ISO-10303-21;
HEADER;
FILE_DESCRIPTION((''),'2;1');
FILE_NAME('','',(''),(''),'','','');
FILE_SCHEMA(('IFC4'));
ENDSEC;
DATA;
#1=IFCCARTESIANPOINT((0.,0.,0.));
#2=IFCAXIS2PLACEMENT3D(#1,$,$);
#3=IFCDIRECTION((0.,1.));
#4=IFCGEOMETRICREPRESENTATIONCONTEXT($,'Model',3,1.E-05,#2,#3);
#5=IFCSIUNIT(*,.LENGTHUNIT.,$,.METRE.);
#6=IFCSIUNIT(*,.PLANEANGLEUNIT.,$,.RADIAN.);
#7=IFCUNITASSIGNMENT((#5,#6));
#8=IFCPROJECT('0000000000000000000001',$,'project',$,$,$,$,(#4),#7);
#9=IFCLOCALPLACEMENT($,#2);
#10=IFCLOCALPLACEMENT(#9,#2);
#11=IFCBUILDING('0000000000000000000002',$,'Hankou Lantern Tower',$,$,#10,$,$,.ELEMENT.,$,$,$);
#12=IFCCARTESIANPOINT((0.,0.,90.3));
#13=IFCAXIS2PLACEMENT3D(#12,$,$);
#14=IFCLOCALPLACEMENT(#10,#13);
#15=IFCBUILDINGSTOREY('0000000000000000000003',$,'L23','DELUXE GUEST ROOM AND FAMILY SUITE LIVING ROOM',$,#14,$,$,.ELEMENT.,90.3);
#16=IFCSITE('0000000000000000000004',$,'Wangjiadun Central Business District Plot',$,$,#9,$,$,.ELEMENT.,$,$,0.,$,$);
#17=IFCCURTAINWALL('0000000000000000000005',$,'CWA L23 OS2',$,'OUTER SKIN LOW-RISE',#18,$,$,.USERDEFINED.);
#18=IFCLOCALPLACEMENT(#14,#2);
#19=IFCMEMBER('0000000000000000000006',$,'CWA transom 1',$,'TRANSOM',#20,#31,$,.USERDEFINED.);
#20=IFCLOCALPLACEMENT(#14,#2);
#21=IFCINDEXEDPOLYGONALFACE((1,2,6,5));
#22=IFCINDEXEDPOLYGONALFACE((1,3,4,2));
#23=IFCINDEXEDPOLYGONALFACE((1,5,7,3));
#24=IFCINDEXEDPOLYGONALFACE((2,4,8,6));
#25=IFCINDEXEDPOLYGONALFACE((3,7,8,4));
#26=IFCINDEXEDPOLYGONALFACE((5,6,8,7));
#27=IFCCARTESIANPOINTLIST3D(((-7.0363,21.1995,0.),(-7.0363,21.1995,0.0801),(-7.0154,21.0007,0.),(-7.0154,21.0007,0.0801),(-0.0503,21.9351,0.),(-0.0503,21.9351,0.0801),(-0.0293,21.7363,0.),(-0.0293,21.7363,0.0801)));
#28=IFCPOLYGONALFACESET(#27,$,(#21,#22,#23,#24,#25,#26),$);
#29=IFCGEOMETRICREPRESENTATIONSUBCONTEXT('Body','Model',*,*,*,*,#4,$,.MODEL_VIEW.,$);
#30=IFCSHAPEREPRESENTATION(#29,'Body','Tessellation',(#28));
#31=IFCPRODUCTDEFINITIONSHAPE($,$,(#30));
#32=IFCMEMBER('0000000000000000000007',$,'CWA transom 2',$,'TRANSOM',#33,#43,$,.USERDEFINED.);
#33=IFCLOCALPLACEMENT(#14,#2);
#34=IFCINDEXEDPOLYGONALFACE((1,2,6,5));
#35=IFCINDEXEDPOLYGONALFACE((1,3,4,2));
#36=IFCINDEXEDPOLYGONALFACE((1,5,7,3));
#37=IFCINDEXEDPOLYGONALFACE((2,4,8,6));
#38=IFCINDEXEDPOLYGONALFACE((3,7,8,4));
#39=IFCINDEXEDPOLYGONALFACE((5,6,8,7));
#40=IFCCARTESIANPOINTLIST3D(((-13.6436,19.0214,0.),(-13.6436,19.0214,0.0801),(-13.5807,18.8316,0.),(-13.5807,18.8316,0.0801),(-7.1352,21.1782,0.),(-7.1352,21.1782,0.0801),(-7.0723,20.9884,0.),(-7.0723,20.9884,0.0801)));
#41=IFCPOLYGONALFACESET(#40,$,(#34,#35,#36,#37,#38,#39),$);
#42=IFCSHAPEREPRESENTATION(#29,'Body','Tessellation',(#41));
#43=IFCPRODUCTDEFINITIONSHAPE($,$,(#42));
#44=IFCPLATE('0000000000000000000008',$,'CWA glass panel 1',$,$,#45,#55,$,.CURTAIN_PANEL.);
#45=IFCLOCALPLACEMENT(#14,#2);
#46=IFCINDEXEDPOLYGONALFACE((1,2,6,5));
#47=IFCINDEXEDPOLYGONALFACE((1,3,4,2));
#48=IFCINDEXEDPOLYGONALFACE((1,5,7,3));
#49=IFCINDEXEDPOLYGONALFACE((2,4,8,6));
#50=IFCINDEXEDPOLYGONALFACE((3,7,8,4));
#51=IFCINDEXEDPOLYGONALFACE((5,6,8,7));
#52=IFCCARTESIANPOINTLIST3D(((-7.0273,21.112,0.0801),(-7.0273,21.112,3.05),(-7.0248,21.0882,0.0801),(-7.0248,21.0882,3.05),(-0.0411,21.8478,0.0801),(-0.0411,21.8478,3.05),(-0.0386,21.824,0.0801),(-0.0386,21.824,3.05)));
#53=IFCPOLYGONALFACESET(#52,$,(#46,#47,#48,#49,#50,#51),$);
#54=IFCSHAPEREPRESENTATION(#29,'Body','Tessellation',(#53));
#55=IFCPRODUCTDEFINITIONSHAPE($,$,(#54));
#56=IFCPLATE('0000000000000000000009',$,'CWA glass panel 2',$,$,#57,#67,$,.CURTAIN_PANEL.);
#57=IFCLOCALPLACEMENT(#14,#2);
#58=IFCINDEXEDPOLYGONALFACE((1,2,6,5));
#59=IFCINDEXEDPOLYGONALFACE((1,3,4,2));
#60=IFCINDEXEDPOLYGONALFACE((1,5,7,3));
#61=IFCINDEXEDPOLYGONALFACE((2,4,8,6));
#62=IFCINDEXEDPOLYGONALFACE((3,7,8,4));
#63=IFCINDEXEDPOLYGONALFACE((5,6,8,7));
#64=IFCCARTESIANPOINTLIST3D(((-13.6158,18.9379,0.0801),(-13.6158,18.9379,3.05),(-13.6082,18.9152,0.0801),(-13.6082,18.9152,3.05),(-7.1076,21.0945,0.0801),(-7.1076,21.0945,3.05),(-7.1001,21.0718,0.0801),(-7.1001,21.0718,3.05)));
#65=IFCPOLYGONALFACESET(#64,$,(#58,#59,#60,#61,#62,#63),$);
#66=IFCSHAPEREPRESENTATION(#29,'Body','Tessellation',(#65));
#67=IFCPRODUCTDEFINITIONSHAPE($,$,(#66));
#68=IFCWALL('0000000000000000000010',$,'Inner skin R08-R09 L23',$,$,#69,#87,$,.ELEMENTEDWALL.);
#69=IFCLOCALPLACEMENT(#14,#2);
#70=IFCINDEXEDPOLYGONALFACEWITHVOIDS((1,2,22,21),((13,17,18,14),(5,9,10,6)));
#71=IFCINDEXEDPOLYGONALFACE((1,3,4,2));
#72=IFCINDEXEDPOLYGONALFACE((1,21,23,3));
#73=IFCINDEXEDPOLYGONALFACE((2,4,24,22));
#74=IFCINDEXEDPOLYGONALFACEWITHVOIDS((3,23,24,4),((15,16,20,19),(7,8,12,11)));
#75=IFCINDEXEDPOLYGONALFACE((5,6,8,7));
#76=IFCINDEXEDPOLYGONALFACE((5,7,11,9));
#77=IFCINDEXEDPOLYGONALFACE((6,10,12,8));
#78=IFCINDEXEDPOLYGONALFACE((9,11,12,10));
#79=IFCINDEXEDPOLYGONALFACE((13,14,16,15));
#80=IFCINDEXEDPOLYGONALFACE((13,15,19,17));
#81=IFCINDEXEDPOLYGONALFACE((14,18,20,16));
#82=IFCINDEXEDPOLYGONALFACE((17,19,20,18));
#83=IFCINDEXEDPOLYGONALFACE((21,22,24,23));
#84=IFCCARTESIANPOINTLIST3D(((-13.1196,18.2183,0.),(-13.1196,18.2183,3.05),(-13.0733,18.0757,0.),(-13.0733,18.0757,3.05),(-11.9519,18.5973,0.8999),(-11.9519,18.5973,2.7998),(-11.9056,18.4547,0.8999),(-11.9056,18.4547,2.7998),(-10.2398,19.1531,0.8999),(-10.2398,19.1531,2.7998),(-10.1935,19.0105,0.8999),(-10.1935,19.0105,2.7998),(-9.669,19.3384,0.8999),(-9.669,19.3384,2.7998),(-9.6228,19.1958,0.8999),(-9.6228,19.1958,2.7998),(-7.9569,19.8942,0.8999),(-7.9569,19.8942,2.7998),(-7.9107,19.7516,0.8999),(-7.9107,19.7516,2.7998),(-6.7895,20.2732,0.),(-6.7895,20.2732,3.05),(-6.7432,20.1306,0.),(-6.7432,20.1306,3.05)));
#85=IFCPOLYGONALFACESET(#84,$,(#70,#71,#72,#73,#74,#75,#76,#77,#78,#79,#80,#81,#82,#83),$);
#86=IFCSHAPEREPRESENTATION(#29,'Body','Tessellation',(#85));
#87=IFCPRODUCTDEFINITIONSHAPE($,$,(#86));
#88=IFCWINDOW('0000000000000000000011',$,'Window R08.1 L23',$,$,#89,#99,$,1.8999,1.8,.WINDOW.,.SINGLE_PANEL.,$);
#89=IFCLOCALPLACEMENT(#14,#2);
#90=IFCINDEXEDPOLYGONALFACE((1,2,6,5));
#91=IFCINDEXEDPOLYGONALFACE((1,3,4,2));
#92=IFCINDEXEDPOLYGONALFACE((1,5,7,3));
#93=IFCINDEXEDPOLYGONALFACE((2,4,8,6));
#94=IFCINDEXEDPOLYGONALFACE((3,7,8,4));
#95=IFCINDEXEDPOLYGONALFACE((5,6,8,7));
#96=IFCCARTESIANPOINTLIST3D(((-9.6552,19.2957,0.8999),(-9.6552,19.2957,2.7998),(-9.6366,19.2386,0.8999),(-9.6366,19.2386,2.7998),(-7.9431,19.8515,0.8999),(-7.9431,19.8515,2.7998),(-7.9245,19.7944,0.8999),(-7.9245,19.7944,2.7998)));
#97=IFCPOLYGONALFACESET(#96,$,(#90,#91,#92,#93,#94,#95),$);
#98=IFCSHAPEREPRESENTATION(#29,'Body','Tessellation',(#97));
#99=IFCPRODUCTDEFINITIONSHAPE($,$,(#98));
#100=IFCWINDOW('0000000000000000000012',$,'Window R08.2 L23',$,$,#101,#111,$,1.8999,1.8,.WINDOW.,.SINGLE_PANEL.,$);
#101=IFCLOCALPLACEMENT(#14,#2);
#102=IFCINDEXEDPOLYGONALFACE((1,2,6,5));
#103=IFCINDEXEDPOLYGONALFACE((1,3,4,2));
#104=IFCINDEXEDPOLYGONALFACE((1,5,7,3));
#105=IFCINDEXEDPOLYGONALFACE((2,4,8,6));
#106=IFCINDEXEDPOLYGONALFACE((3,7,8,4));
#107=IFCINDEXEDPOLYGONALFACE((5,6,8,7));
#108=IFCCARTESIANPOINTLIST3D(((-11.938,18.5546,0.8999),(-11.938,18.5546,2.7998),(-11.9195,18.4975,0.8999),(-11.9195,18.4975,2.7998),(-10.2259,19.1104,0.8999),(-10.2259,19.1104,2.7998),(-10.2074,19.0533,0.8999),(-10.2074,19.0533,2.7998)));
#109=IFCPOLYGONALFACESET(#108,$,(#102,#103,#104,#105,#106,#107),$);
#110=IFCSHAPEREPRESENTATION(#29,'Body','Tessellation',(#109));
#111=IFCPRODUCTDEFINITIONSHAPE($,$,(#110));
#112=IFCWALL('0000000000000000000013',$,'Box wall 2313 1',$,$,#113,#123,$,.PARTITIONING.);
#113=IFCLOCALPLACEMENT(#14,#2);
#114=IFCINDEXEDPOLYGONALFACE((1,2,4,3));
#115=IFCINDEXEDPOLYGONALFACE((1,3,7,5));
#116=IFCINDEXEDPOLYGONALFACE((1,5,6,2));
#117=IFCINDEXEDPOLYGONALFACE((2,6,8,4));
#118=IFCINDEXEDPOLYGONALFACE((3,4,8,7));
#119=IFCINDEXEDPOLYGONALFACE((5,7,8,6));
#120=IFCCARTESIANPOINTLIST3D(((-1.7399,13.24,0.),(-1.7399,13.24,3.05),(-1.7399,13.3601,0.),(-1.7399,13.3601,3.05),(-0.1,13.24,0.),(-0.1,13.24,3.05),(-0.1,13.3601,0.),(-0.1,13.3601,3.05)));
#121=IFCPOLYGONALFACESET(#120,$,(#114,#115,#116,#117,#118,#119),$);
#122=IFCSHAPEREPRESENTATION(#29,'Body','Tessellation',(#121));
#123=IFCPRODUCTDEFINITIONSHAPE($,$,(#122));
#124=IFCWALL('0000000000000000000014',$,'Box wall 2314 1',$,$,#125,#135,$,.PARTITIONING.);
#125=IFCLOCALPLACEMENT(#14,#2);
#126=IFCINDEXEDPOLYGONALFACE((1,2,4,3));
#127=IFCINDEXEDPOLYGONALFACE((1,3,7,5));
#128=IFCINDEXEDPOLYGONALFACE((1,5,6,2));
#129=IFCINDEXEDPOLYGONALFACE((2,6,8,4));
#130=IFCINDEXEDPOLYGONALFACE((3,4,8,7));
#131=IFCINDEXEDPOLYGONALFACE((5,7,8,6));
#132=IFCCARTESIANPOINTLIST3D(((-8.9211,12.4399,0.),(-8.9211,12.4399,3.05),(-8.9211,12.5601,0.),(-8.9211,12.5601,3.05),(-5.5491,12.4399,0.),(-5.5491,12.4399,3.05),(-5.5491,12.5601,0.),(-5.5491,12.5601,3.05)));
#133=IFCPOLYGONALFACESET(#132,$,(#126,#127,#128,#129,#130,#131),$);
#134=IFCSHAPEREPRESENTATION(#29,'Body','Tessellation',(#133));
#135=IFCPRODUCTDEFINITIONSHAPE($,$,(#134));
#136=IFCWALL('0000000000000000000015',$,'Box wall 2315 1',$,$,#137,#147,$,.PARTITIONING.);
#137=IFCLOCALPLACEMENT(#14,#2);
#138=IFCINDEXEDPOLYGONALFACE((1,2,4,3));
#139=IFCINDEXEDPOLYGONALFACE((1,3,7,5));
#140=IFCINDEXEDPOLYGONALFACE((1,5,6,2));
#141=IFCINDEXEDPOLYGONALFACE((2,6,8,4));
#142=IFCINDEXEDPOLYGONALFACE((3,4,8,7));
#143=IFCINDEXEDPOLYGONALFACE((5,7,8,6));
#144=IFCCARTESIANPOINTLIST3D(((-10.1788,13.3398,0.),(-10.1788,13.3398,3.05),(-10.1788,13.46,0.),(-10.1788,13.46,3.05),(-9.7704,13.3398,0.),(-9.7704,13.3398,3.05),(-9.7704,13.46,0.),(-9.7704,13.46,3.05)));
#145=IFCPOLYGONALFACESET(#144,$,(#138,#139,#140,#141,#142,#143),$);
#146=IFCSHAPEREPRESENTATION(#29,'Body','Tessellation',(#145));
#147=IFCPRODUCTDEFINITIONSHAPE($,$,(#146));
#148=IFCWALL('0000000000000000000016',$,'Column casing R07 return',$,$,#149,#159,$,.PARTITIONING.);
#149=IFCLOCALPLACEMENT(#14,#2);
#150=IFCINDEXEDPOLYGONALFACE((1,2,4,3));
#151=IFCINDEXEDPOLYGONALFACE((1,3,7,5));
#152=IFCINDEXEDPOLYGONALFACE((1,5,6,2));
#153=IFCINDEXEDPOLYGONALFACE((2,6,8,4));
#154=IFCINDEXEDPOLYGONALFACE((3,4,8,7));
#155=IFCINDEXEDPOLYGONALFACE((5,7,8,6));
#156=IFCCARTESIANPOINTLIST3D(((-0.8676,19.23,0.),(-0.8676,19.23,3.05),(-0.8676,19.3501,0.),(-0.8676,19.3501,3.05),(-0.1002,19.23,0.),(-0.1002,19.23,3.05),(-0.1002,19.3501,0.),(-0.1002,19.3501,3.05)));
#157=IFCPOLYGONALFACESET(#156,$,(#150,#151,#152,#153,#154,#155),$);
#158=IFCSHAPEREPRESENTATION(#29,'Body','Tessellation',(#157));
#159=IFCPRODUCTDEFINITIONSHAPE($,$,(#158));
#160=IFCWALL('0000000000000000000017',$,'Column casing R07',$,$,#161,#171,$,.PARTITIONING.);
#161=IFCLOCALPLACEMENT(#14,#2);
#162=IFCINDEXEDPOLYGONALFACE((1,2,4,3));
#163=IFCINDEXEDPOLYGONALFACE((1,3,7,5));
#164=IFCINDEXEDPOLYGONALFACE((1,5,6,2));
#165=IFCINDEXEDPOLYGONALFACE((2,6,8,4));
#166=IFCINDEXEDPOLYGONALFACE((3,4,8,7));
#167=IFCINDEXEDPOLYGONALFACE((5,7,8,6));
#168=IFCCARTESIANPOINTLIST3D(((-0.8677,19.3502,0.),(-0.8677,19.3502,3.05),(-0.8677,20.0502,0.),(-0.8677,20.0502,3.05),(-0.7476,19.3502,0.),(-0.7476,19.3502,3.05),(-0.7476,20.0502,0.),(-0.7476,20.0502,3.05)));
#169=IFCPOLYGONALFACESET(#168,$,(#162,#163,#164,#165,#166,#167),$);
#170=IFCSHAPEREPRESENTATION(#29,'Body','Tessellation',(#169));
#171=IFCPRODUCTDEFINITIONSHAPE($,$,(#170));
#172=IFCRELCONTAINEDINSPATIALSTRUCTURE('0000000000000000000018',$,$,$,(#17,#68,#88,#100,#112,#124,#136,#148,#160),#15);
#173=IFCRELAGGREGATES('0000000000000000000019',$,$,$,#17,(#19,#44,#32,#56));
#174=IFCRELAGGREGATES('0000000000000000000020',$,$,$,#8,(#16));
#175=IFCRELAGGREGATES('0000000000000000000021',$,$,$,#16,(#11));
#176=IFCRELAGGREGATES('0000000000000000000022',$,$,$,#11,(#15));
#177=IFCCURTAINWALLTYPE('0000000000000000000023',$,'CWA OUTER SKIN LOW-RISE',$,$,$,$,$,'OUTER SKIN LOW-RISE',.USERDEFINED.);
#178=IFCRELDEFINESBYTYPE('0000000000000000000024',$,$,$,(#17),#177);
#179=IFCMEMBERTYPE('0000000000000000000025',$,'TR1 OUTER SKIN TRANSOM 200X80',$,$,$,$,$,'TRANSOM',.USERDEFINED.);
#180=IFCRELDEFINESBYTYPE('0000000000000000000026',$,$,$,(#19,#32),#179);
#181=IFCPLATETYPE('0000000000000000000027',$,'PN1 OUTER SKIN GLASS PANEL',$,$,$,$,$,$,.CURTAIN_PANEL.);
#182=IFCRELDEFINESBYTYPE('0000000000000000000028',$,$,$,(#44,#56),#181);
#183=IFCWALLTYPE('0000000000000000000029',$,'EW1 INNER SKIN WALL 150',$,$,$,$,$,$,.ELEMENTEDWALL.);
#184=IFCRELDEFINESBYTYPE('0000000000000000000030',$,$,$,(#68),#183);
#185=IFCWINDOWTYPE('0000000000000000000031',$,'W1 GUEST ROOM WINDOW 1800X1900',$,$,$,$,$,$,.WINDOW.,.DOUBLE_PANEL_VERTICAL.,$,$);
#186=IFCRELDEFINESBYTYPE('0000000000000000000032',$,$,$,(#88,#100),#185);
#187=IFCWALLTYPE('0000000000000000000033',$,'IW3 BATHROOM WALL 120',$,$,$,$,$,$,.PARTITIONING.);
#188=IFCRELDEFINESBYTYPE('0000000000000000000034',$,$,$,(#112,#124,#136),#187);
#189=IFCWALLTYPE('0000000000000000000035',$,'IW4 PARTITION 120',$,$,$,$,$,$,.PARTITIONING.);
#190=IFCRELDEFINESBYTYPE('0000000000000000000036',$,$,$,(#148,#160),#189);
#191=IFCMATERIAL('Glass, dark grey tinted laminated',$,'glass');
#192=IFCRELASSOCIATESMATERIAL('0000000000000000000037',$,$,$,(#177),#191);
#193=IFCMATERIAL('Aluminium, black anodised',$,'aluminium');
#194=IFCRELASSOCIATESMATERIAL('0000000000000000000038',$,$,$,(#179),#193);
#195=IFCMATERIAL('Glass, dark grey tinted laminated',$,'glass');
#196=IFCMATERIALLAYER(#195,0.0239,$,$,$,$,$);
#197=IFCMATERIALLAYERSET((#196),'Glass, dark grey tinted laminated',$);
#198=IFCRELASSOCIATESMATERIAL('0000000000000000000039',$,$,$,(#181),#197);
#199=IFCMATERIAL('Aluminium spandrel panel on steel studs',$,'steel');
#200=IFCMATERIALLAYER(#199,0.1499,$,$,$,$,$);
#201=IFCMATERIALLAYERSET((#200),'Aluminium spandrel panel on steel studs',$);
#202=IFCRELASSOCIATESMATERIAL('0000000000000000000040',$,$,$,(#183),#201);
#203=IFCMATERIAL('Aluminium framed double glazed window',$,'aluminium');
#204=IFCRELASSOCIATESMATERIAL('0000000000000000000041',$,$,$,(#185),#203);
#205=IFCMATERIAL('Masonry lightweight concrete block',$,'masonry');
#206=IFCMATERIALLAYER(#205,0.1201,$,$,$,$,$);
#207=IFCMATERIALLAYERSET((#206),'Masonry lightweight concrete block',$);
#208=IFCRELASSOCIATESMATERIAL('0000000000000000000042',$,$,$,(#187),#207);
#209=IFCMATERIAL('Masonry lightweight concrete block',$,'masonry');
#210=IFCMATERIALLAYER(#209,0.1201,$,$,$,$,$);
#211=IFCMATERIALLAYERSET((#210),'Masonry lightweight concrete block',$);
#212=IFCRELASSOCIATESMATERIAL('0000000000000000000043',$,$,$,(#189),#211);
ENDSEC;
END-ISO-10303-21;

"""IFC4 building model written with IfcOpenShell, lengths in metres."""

from ifc_helpers import new_model, si_unit, direction, frame, frame_2d, origin, origin_2d, place, context, subcontext, project, spatial, rectangle, extrude, material, layer, layer_set, material_profile, profile_set, type_object, element, fill, aggregate, save


model = new_model("IFC4")

# Units and contexts
model_context = context("Model", 3, precision=1e-05, world=origin(), true_north=direction((0.0, 1.0)))
body_context = subcontext(model_context, "Body", "Model", "MODEL_VIEW")
ifc_project = project(units=[si_unit("LENGTHUNIT", "METRE"), si_unit("PLANEANGLEUNIT", "RADIAN")], contexts=[model_context])

# Site, building, storey
site_placement = place(None, origin())
site = spatial("IfcSite", under=ifc_project, at=site_placement, Name="Wangjiadun Central Business District Plot", CompositionType="ELEMENT", RefElevation=0.0)
building_placement = place(site_placement, origin())
building = spatial("IfcBuilding", under=site, at=building_placement, Name="Hankou Lantern Tower", CompositionType="ELEMENT")
storey_placement = place(building_placement, frame((0.0, 0.0, 90.3)))
storey = spatial("IfcBuildingStorey", under=building, at=storey_placement, Name="L23", Description="DELUXE GUEST ROOM AND FAMILY SUITE LIVING ROOM", CompositionType="ELEMENT", Elevation=90.3)

# Curtain wall
ifc_material_1 = material(Name="Glass, dark grey tinted laminated", Category="glass")
curtain_wall_type = type_object("IfcCurtainWallType", Name="CWA OUTER SKIN LOW-RISE", ElementType="OUTER SKIN LOW-RISE", PredefinedType="USERDEFINED", material=ifc_material_1)
curtain_wall_placement = place(storey_placement, origin())
curtain_wall = element("IfcCurtainWall", 1, at=curtain_wall_placement, inside=storey, type_object=curtain_wall_type, Name="CWA L23 OS2", ObjectType="OUTER SKIN LOW-RISE", PredefinedType="USERDEFINED")

# Members
ifc_material_2 = material(Name="Aluminium, black anodised", Category="aluminium")
ifc_material_profile_1 = material_profile(ifc_material_2, rectangle(XDim=0.2, YDim=0.0801, at=origin_2d()), Name="TR1 200X80")
ifc_profile_set_1 = profile_set([ifc_material_profile_1], Name="Aluminium, black anodised")
member_type_1 = type_object("IfcMemberType", Name="TR1 OUTER SKIN TRANSOM 200X80", ElementType="TRANSOM", PredefinedType="USERDEFINED", material=ifc_profile_set_1)
member_1_placement = place(storey_placement, frame((-0.0398, 21.8357, 0.04), z_axis=(-0.994502, -0.104716, 0.0), x_axis=(0.104716, -0.994502, 0.0)))
member_1 = element("IfcMember", 2, at=member_1_placement, type_object=member_type_1, Name="CWA transom 1", ObjectType="TRANSOM", PredefinedType="USERDEFINED", context=body_context, shape_type="SweptSolid", body=[
    extrude(rectangle(XDim=0.2, YDim=0.0801, at=origin_2d()), origin(), (0.0, 0.0, 1.0), 7.0247),
])
member_2_placement = place(storey_placement, frame((-7.1038, 21.0833, 0.04), z_axis=(-0.949237, -0.314561, 0.0), x_axis=(0.314561, -0.949237, 0.0)))
member_2 = element("IfcMember", 3, at=member_2_placement, type_object=member_type_1, Name="CWA transom 2", ObjectType="TRANSOM", PredefinedType="USERDEFINED", context=body_context, shape_type="SweptSolid", body=[
    extrude(rectangle(XDim=0.2, YDim=0.0801, at=origin_2d()), origin(), (0.0, 0.0, 1.0), 6.8564),
])

# Plates
ifc_material_3 = material(Name="Glass, dark grey tinted laminated", Category="glass")
ifc_layer_1 = layer(ifc_material_3, 0.0239)
ifc_layer_set_1 = layer_set([ifc_layer_1], Name="Glass, dark grey tinted laminated")
plate_type = type_object("IfcPlateType", Name="PN1 OUTER SKIN GLASS PANEL", PredefinedType="CURTAIN_PANEL", material=ifc_layer_set_1)
plate_1_placement = place(storey_placement, frame((-3.533, 21.468, 0.0801), z_axis=(0.0, 0.0, 1.0), x_axis=(-0.994499, -0.104743, 0.0)))
plate_1 = element("IfcPlate", 4, at=plate_1_placement, type_object=plate_type, Name="CWA glass panel 1", PredefinedType="CURTAIN_PANEL", context=body_context, shape_type="SweptSolid", body=[
    extrude(rectangle(XDim=7.0249, YDim=0.0239, at=origin_2d()), origin(), (0.0, 0.0, 1.0), 2.97),
])
plate_2_placement = place(storey_placement, frame((-10.3579, 20.0049, 0.0801), z_axis=(0.0, 0.0, 1.0), x_axis=(-0.949241, -0.314551, 0.0)))
plate_2 = element("IfcPlate", 5, at=plate_2_placement, type_object=plate_type, Name="CWA glass panel 2", PredefinedType="CURTAIN_PANEL", context=body_context, shape_type="SweptSolid", body=[
    extrude(rectangle(XDim=6.8562, YDim=0.0239, at=origin_2d()), origin(), (0.0, 0.0, 1.0), 2.97),
])
aggregate(curtain_wall, [member_1, plate_1, member_2, plate_2])

# Wall, openings, windows
ifc_material_4 = material(Name="Aluminium spandrel panel on steel studs", Category="steel")
ifc_layer_2 = layer(ifc_material_4, 0.1499)
ifc_layer_set_2 = layer_set([ifc_layer_2], Name="Aluminium spandrel panel on steel studs")
wall_type_1 = type_object("IfcWallType", Name="EW1 INNER SKIN WALL 150", PredefinedType="ELEMENTEDWALL", material=ifc_layer_set_2)
wall_1_placement = place(storey_placement, frame((-6.7664, 20.2019, 0.0), z_axis=(0.0, 0.0, 1.0), x_axis=(-0.951138, -0.308768, 0.0)))
wall_1 = element("IfcWall", 6, at=wall_1_placement, inside=storey, type_object=wall_type_1, Name="Inner skin R08-R09 L23", PredefinedType="ELEMENTEDWALL", context=body_context, shape_type="SweptSolid", body=[
    extrude(rectangle(XDim=6.6553, YDim=0.1499, at=frame_2d((3.3276, 0.0))), origin(), (0.0, 0.0, 1.0), 3.05),
])
opening_1_placement = place(wall_1_placement, frame((1.2275, 0.0, 0.8999)))
opening_1 = element("IfcOpeningElement", 7, at=opening_1_placement, cuts=wall_1, PredefinedType="OPENING", context=body_context, shape_type="SweptSolid", body=[
    extrude(rectangle(XDim=1.8, YDim=1.8999, at=frame_2d((0.8999, 0.95))), frame((0.0, 0.085, 0.0), z_axis=(0.0, -1.0, 0.0), x_axis=(1.0, 0.0, 0.0)), (0.0, 0.0, 1.0), 0.1699),
])
opening_2_placement = place(wall_1_placement, frame((3.6277, 0.0, 0.8999)))
opening_2 = element("IfcOpeningElement", 8, at=opening_2_placement, cuts=wall_1, PredefinedType="OPENING", context=body_context, shape_type="SweptSolid", body=[
    extrude(rectangle(XDim=1.8, YDim=1.8999, at=frame_2d((0.8999, 0.95))), frame((0.0, 0.085, 0.0), z_axis=(0.0, -1.0, 0.0), x_axis=(1.0, 0.0, 0.0)), (0.0, 0.0, 1.0), 0.1699),
])
ifc_material_5 = material(Name="Aluminium framed double glazed window", Category="aluminium")
window_type = type_object("IfcWindowType", Name="W1 GUEST ROOM WINDOW 1800X1900", PartitioningType="DOUBLE_PANEL_VERTICAL", PredefinedType="WINDOW", material=ifc_material_5)
window_1_placement = place(opening_1_placement, origin())
window_1 = element("IfcWindow", 9, at=window_1_placement, inside=storey, type_object=window_type, Name="Window R08.1 L23", OverallHeight=1.8999, OverallWidth=1.8, PartitioningType="SINGLE_PANEL", PredefinedType="WINDOW", context=body_context, shape_type="SweptSolid", body=[
    extrude(rectangle(XDim=1.8, YDim=1.8999, at=frame_2d((0.8999, 0.95))), frame((0.0, 0.03, 0.0), z_axis=(0.0, -1.0, 0.0), x_axis=(1.0, 0.0, 0.0)), (0.0, 0.0, 1.0), 0.0601),
])
fill(opening_1, window_1)
window_2_placement = place(opening_2_placement, origin())
window_2 = element("IfcWindow", 10, at=window_2_placement, inside=storey, type_object=window_type, Name="Window R08.2 L23", OverallHeight=1.8999, OverallWidth=1.8, PartitioningType="SINGLE_PANEL", PredefinedType="WINDOW", context=body_context, shape_type="SweptSolid", body=[
    extrude(rectangle(XDim=1.8, YDim=1.8999, at=frame_2d((0.8999, 0.95))), frame((0.0, 0.03, 0.0), z_axis=(0.0, -1.0, 0.0), x_axis=(1.0, 0.0, 0.0)), (0.0, 0.0, 1.0), 0.0601),
])
fill(opening_2, window_2)

# Walls
ifc_material_6 = material(Name="Masonry lightweight concrete block", Category="masonry")
ifc_layer_3 = layer(ifc_material_6, 0.1201)
ifc_layer_set_3 = layer_set([ifc_layer_3], Name="Masonry lightweight concrete block")
wall_type_2 = type_object("IfcWallType", Name="IW3 BATHROOM WALL 120", PredefinedType="PARTITIONING", material=ifc_layer_set_3)
wall_2_placement = place(storey_placement, frame((-0.1001, 13.3, 0.0), z_axis=(0.0, 0.0, 1.0), x_axis=(-1.0, 0.0, 0.0)))
element("IfcWall", 11, at=wall_2_placement, inside=storey, type_object=wall_type_2, Name="Box wall 2313 1", PredefinedType="PARTITIONING", context=body_context, shape_type="SweptSolid", body=[
    extrude(rectangle(XDim=1.6399, YDim=0.1201, at=frame_2d((0.8198, 0.0))), origin(), (0.0, 0.0, 1.0), 3.05),
])
wall_3_placement = place(storey_placement, frame((-8.9211, 12.5, 0.0), z_axis=(0.0, 0.0, 1.0), x_axis=(1.0, 0.0, 0.0)))
element("IfcWall", 12, at=wall_3_placement, inside=storey, type_object=wall_type_2, Name="Box wall 2314 1", PredefinedType="PARTITIONING", context=body_context, shape_type="SweptSolid", body=[
    extrude(rectangle(XDim=3.3721, YDim=0.1201, at=frame_2d((1.686, 0.0))), origin(), (0.0, 0.0, 1.0), 3.05),
])
wall_4_placement = place(storey_placement, frame((-9.7705, 13.3999, 0.0), z_axis=(0.0, 0.0, 1.0), x_axis=(-1.0, 0.0, 0.0)))
element("IfcWall", 13, at=wall_4_placement, inside=storey, type_object=wall_type_2, Name="Box wall 2315 1", PredefinedType="PARTITIONING", context=body_context, shape_type="SweptSolid", body=[
    extrude(rectangle(XDim=0.4084, YDim=0.1201, at=frame_2d((0.2041, 0.0))), origin(), (0.0, 0.0, 1.0), 3.05),
])
ifc_material_7 = material(Name="Masonry lightweight concrete block", Category="masonry")
ifc_layer_4 = layer(ifc_material_7, 0.1201)
ifc_layer_set_4 = layer_set([ifc_layer_4], Name="Masonry lightweight concrete block")
wall_type_3 = type_object("IfcWallType", Name="IW4 PARTITION 120", PredefinedType="PARTITIONING", material=ifc_layer_set_4)
wall_5_placement = place(storey_placement, frame((-0.1001, 19.29, 0.0), z_axis=(0.0, 0.0, 1.0), x_axis=(-1.0, 0.0, 0.0)))
element("IfcWall", 14, at=wall_5_placement, inside=storey, type_object=wall_type_3, Name="Column casing R07 return", PredefinedType="PARTITIONING", context=body_context, shape_type="SweptSolid", body=[
    extrude(rectangle(XDim=0.7673, YDim=0.1201, at=frame_2d((0.3838, 0.0))), origin(), (0.0, 0.0, 1.0), 3.05),
])
wall_6_placement = place(storey_placement, frame((-0.8076, 19.3501, 0.0), z_axis=(0.0, 0.0, 1.0), x_axis=(0.0, 1.0, 0.0)))
element("IfcWall", 15, at=wall_6_placement, inside=storey, type_object=wall_type_3, Name="Column casing R07", PredefinedType="PARTITIONING", context=body_context, shape_type="SweptSolid", body=[
    extrude(rectangle(XDim=0.7, YDim=0.1201, at=frame_2d((0.3501, 0.0))), origin(), (0.0, 0.0, 1.0), 3.05),
])

save(model, "model.ifc")
